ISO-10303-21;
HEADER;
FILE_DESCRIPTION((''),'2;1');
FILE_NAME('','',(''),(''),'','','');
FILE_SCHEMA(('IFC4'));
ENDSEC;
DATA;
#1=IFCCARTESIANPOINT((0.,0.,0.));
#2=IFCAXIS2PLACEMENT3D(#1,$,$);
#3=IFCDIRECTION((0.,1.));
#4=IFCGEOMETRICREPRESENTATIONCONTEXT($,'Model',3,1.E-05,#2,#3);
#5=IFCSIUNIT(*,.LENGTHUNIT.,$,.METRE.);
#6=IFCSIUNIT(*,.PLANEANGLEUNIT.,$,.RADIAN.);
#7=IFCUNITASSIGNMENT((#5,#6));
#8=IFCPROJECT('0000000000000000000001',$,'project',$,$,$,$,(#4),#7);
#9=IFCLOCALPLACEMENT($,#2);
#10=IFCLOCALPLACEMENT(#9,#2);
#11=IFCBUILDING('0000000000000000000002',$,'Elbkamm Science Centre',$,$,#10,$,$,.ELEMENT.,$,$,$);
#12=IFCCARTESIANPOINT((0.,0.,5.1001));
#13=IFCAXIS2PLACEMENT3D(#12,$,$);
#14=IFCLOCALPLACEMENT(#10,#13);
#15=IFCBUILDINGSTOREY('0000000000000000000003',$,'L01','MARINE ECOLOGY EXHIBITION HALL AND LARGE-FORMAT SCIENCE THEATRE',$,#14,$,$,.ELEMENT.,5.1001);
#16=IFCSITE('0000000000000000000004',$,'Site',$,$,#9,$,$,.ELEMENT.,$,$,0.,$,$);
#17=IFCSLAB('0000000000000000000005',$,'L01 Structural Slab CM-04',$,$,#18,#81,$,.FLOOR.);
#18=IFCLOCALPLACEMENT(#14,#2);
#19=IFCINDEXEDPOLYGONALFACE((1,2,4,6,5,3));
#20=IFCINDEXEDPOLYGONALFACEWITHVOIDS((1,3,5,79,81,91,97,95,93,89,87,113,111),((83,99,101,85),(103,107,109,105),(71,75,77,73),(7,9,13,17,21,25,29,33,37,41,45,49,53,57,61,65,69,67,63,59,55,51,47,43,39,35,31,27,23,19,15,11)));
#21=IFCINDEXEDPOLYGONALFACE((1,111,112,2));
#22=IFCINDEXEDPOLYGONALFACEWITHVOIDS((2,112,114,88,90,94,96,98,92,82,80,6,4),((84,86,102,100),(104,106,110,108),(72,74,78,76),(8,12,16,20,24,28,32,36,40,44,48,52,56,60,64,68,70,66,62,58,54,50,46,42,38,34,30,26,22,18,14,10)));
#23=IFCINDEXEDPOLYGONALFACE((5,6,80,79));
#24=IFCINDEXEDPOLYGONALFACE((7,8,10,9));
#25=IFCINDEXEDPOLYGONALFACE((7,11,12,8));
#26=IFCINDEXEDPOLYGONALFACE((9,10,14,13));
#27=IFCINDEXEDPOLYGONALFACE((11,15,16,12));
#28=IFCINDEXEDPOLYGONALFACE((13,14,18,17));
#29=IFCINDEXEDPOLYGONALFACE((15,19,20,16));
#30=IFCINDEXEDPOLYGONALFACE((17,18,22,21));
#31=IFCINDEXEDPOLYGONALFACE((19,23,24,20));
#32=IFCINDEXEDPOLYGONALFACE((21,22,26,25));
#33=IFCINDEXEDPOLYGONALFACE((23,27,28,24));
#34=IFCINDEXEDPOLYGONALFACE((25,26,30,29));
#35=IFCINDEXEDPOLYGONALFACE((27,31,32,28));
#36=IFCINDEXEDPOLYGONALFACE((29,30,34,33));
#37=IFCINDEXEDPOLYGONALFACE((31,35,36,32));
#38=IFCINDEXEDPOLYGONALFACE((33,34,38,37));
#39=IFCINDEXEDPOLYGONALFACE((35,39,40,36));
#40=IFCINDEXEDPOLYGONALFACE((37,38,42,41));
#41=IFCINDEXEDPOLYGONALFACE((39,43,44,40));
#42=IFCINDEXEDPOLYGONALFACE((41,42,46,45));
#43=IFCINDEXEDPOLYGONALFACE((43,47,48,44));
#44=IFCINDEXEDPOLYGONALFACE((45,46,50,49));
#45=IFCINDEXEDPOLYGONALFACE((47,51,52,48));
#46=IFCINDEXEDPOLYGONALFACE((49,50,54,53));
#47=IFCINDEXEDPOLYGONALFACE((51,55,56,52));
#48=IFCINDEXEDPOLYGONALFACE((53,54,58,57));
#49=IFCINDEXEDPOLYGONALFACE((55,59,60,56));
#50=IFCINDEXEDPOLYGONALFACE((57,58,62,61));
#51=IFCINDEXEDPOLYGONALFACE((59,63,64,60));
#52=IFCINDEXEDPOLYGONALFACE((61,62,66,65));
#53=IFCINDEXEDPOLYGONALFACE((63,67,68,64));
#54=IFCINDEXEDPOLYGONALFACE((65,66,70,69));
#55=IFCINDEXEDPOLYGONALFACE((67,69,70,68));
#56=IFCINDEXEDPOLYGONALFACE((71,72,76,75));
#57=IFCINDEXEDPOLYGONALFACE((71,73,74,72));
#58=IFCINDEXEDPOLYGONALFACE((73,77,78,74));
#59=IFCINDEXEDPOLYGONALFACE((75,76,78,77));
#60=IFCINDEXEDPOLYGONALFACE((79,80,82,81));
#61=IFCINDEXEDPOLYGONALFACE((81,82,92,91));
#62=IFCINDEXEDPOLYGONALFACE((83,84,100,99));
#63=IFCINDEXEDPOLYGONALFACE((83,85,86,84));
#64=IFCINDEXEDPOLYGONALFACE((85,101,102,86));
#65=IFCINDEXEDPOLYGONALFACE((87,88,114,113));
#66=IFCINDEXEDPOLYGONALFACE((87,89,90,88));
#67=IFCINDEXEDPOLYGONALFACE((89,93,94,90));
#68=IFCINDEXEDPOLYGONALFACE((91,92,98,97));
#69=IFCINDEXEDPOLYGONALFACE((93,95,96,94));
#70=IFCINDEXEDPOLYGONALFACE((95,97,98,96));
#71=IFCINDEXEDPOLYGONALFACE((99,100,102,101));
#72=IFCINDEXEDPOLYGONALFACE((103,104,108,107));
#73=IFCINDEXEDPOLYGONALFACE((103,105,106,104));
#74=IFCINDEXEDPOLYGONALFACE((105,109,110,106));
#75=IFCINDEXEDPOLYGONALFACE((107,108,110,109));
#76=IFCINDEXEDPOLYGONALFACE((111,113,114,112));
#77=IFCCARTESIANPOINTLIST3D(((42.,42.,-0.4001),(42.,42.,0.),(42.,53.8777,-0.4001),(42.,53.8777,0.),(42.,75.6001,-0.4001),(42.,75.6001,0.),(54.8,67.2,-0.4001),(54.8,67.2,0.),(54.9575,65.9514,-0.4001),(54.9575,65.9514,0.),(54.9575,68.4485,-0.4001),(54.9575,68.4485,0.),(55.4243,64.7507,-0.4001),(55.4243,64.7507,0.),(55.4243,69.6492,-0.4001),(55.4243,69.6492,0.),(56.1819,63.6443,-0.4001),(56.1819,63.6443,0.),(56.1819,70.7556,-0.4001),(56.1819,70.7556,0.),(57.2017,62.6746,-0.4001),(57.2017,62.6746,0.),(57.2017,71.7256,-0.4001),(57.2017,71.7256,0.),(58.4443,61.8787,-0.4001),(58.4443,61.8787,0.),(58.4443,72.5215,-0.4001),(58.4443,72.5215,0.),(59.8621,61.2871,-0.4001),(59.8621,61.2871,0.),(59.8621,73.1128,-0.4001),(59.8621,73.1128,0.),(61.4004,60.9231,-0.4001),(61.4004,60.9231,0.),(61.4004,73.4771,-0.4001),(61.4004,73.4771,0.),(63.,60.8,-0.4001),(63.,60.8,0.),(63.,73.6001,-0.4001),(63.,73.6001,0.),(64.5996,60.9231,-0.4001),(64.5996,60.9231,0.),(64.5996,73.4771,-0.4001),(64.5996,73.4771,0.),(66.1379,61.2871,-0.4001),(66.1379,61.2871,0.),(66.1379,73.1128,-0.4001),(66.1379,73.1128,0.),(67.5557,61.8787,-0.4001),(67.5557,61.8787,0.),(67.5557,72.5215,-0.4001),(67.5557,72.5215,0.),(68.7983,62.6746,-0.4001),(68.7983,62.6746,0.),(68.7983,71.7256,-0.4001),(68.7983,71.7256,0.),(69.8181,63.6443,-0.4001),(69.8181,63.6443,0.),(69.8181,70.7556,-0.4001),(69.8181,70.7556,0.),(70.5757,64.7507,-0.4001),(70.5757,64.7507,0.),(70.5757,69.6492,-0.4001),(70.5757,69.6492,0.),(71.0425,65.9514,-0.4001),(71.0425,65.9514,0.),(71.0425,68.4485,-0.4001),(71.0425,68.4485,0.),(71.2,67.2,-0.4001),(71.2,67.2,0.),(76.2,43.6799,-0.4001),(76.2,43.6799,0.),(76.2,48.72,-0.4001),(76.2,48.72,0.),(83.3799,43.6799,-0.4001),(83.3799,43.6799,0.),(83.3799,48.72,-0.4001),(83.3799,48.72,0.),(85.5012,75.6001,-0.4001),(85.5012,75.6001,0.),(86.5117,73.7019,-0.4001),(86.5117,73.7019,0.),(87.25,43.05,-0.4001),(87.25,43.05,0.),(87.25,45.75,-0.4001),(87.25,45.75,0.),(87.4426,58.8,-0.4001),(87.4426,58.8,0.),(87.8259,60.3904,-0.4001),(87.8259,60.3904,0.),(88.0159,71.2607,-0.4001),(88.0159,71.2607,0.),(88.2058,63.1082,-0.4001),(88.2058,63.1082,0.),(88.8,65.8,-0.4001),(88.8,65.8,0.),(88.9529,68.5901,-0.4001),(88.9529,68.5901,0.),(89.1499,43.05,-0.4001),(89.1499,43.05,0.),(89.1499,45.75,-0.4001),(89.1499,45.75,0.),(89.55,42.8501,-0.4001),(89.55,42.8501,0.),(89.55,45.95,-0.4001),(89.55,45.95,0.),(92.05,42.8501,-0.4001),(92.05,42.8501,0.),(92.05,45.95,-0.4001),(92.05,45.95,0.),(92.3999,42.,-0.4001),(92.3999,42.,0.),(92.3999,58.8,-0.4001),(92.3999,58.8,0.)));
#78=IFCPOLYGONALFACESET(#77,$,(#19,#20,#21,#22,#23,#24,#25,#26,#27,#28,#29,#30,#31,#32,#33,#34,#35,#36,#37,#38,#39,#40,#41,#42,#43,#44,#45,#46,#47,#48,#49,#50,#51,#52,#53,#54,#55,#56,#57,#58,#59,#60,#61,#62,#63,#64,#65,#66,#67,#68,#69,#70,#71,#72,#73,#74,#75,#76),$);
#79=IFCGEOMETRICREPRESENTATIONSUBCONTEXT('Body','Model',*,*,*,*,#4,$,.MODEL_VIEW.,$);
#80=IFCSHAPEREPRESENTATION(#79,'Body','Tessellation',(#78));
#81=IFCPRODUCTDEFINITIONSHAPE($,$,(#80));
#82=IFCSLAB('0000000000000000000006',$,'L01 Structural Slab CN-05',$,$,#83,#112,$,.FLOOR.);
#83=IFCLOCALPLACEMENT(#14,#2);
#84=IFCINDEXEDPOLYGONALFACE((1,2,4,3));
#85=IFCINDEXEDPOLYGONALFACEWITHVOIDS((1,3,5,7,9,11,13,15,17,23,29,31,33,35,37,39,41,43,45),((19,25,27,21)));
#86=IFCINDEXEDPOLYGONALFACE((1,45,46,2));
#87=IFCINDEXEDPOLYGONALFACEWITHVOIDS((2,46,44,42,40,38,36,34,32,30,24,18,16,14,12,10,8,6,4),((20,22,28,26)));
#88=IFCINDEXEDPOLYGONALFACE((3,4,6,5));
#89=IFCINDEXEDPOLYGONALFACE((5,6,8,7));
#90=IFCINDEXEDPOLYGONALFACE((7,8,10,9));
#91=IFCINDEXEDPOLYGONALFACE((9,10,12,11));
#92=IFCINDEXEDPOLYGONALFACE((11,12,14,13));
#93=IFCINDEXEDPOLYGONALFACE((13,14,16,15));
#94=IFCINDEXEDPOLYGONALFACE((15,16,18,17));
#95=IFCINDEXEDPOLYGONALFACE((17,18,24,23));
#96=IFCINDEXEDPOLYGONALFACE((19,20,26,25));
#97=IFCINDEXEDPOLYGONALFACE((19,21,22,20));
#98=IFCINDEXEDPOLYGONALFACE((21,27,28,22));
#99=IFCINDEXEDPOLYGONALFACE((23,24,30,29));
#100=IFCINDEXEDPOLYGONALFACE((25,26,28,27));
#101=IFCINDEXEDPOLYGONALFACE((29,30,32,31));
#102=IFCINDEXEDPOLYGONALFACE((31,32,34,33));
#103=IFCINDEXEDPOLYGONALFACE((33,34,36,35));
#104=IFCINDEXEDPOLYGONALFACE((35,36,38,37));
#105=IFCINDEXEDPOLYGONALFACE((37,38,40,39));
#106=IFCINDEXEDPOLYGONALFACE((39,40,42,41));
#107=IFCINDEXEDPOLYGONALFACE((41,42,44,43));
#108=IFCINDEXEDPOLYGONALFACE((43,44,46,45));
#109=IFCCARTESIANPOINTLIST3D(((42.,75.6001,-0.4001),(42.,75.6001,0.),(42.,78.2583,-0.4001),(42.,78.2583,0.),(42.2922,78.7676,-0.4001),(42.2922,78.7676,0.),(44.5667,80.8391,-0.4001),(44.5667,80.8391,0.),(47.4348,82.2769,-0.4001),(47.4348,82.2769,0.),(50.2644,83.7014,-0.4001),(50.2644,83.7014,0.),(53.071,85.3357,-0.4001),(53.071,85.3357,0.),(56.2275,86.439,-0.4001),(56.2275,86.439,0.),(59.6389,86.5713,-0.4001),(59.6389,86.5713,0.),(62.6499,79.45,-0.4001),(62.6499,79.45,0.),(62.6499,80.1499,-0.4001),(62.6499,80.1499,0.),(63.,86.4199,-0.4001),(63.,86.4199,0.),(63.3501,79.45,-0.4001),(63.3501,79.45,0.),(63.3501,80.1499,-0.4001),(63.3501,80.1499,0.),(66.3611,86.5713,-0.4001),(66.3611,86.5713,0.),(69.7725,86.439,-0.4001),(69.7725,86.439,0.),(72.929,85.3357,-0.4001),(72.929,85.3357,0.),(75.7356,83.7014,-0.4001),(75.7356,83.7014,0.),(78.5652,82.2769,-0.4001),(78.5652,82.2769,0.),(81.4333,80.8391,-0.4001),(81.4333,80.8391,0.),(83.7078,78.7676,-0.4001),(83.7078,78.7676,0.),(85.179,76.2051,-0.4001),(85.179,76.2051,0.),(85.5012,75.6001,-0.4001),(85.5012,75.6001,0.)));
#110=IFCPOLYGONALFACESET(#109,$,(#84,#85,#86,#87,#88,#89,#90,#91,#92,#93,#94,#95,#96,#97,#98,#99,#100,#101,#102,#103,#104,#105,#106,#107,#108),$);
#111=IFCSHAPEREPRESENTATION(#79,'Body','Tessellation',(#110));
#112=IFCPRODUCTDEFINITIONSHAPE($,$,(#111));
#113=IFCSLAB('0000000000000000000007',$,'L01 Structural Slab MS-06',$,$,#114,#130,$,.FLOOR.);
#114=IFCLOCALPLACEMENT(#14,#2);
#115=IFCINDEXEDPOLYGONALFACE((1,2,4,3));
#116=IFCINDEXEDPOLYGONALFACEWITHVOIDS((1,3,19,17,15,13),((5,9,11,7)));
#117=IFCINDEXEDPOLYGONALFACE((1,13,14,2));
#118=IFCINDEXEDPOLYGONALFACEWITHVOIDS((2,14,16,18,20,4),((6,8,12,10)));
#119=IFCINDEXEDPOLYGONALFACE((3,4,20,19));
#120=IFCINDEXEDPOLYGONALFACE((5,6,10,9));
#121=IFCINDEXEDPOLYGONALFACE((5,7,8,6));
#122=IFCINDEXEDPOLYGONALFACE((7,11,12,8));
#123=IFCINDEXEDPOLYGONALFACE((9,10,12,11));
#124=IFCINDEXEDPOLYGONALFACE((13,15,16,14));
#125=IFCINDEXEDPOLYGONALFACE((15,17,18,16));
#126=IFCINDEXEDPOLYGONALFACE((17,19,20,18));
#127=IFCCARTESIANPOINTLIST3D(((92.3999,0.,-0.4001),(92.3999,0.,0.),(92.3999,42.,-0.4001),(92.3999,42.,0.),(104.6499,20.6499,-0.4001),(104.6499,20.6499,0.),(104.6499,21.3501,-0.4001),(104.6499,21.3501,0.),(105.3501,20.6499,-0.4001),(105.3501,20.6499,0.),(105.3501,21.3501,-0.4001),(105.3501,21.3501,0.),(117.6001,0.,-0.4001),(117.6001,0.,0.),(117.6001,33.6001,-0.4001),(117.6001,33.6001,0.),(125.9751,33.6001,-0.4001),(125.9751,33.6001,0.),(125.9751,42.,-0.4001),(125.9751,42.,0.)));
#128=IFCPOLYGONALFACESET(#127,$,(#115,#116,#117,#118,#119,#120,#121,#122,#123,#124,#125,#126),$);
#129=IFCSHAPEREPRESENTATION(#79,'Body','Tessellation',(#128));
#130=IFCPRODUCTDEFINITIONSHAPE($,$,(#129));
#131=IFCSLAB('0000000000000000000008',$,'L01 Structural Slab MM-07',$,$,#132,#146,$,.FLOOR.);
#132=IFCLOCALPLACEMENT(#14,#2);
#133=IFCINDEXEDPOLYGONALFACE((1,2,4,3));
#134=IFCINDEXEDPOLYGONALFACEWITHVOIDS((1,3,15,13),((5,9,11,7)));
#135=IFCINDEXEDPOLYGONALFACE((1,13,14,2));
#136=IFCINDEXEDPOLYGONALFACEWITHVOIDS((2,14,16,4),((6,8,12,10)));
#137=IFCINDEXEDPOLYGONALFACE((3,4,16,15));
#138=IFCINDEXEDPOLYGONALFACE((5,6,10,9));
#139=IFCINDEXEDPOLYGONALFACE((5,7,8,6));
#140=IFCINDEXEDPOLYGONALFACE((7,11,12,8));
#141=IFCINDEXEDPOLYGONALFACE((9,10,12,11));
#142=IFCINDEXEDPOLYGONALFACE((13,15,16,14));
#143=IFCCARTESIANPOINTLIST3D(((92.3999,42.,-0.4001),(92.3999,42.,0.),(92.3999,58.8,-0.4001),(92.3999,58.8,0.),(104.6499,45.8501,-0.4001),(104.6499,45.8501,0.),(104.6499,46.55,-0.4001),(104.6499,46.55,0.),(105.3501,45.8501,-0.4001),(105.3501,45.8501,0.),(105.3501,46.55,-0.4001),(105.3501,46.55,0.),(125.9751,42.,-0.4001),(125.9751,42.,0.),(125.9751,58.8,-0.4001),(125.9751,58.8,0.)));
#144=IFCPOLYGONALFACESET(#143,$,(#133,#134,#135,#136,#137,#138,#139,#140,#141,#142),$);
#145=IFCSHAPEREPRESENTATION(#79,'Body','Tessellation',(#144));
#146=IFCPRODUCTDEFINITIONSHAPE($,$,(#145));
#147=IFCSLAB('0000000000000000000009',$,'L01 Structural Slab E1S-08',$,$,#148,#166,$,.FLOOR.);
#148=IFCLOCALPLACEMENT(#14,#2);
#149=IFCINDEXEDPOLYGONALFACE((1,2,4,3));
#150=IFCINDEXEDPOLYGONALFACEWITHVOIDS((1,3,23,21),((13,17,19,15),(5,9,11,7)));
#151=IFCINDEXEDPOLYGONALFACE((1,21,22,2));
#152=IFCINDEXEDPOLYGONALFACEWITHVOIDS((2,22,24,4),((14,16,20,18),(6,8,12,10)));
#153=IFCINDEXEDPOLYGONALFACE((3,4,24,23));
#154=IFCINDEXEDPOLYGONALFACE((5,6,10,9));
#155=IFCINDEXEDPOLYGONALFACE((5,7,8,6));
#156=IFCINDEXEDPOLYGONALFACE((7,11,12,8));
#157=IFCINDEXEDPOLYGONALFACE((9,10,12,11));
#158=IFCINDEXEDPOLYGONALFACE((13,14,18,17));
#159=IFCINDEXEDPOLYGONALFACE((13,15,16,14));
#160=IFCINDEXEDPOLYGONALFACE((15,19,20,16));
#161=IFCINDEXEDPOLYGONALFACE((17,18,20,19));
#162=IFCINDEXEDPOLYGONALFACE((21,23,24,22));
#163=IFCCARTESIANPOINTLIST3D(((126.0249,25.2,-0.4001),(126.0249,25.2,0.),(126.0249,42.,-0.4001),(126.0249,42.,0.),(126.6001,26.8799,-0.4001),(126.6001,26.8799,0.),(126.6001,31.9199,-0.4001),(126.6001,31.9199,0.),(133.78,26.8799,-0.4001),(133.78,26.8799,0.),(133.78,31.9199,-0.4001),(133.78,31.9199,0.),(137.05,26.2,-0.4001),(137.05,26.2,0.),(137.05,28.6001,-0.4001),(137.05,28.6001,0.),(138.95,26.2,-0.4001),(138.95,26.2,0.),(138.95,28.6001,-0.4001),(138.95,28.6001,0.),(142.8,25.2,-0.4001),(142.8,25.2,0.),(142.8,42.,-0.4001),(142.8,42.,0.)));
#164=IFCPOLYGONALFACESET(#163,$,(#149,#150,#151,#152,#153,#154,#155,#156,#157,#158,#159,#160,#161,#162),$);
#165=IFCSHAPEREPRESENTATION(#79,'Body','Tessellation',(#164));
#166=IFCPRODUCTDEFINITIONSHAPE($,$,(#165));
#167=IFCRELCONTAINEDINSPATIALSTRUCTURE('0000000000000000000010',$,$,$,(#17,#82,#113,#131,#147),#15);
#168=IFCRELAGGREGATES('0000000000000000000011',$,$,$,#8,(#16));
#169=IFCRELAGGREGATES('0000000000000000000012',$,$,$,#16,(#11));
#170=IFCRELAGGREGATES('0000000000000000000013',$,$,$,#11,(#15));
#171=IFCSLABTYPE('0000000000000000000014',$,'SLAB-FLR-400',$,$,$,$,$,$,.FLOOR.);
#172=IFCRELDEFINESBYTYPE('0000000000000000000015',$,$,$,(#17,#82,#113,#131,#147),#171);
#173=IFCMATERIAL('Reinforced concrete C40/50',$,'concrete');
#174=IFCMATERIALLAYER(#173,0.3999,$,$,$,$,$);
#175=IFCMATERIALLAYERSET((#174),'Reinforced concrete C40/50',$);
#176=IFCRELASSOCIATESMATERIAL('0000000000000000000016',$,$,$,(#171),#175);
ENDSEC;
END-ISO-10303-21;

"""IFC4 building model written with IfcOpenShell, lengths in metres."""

from ifc_helpers import new_model, si_unit, direction, frame, origin, place, context, subcontext, project, spatial, polyline, outline, extrude, material, layer, layer_set, type_object, element, save


model = new_model("IFC4")

# Units and contexts
model_context = context("Model", 3, precision=1e-05, world=origin(), true_north=direction((0.0, 1.0)))
body_context = subcontext(model_context, "Body", "Model", "MODEL_VIEW")
ifc_project = project(units=[si_unit("LENGTHUNIT", "METRE"), si_unit("PLANEANGLEUNIT", "RADIAN")], contexts=[model_context])

# Site, building, storey
site_placement = place(None, origin())
site = spatial("IfcSite", under=ifc_project, at=site_placement, Name="Site", CompositionType="ELEMENT", RefElevation=0.0)
building_placement = place(site_placement, origin())
building = spatial("IfcBuilding", under=site, at=building_placement, Name="Elbkamm Science Centre", CompositionType="ELEMENT")
storey_placement = place(building_placement, frame((0.0, 0.0, 5.1001)))
storey = spatial("IfcBuildingStorey", under=building, at=storey_placement, Name="L01", Description="MARINE ECOLOGY EXHIBITION HALL AND LARGE-FORMAT SCIENCE THEATRE", CompositionType="ELEMENT", Elevation=5.1001)

# Slabs
ifc_material_1 = material(Name="Reinforced concrete C40/50", Category="concrete")
ifc_layer_1 = layer(ifc_material_1, 0.3999)
ifc_layer_set_1 = layer_set([ifc_layer_1], Name="Reinforced concrete C40/50")
slab_type_1 = type_object("IfcSlabType", Name="SLAB-FLR-400", PredefinedType="FLOOR", material=ifc_layer_set_1)
slab_1_placement = place(storey_placement, frame((0.0, 0.0, -0.4001)))
element("IfcSlab", 1, at=slab_1_placement, inside=storey, type_object=slab_type_1, Name="L01 Structural Slab CM-04", PredefinedType="FLOOR", context=body_context, shape_type="SweptSolid", body=[
    extrude(outline(polyline([(86.5117, 73.7019), (88.0159, 71.2607), (88.9529, 68.5901), (88.8, 65.8), (88.2058, 63.1082), (87.8259, 60.3904), (87.4426, 58.8), (92.3999, 58.8), (92.3999, 42.0), (42.0, 42.0), (42.0, 53.8777), (42.0, 75.6001), (85.5012, 75.6001), (86.5117, 73.7019)]), holes=[polyline([(56.1819, 63.6443), (57.2017, 62.6746), (58.4443, 61.8787), (59.8621, 61.2871), (61.4004, 60.9231), (63.0, 60.8), (64.5996, 60.9231), (66.1379, 61.2871), (67.5557, 61.8787), (68.7983, 62.6746), (69.8181, 63.6443), (70.5757, 64.7507), (71.0425, 65.9514), (71.2, 67.2), (71.0425, 68.4485), (70.5757, 69.6492), (69.8181, 70.7556), (68.7983, 71.7256), (67.5557, 72.5215), (66.1379, 73.1128), (64.5996, 73.4771), (63.0, 73.6001), (61.4004, 73.4771), (59.8621, 73.1128), (58.4443, 72.5215), (57.2017, 71.7256), (56.1819, 70.7556), (55.4243, 69.6492), (54.9575, 68.4485), (54.8, 67.2), (54.9575, 65.9514), (55.4243, 64.7507), (56.1819, 63.6443)]), polyline([(76.2, 43.6799), (83.3799, 43.6799), (83.3799, 48.72), (76.2, 48.72), (76.2, 43.6799)]), polyline([(87.25, 43.05), (89.1499, 43.05), (89.1499, 45.75), (87.25, 45.75), (87.25, 43.05)]), polyline([(89.55, 45.95), (89.55, 42.8501), (92.05, 42.8501), (92.05, 45.95), (89.55, 45.95)])]), origin(), (0.0, 0.0, 1.0), 0.4001),
])
slab_2_placement = place(storey_placement, frame((0.0, 0.0, -0.4001)))
element("IfcSlab", 2, at=slab_2_placement, inside=storey, type_object=slab_type_1, Name="L01 Structural Slab CN-05", PredefinedType="FLOOR", context=body_context, shape_type="SweptSolid", body=[
    extrude(outline(polyline([(44.5667, 80.8391), (47.4348, 82.2769), (50.2644, 83.7014), (53.071, 85.3357), (56.2275, 86.439), (59.6389, 86.5713), (63.0, 86.4199), (66.3611, 86.5713), (69.7725, 86.439), (72.929, 85.3357), (75.7356, 83.7014), (78.5652, 82.2769), (81.4333, 80.8391), (83.7078, 78.7676), (85.179, 76.2051), (85.5012, 75.6001), (42.0, 75.6001), (42.0, 78.2583), (42.2922, 78.7676), (44.5667, 80.8391)]), holes=[polyline([(63.3501, 80.1499), (62.6499, 80.1499), (62.6499, 79.45), (63.3501, 79.45), (63.3501, 80.1499)])]), origin(), (0.0, 0.0, 1.0), 0.4001),
])
slab_3_placement = place(storey_placement, frame((0.0, 0.0, -0.4001)))
element("IfcSlab", 3, at=slab_3_placement, inside=storey, type_object=slab_type_1, Name="L01 Structural Slab MS-06", PredefinedType="FLOOR", context=body_context, shape_type="SweptSolid", body=[
    extrude(outline(polyline([(117.6001, 33.6001), (117.6001, 0.0), (92.3999, 0.0), (92.3999, 42.0), (125.9751, 42.0), (125.9751, 33.6001), (117.6001, 33.6001)]), holes=[polyline([(105.3501, 21.3501), (104.6499, 21.3501), (104.6499, 20.6499), (105.3501, 20.6499), (105.3501, 21.3501)])]), origin(), (0.0, 0.0, 1.0), 0.4001),
])
slab_4_placement = place(storey_placement, frame((0.0, 0.0, -0.4001)))
element("IfcSlab", 4, at=slab_4_placement, inside=storey, type_object=slab_type_1, Name="L01 Structural Slab MM-07", PredefinedType="FLOOR", context=body_context, shape_type="SweptSolid", body=[
    extrude(outline(polyline([(125.9751, 42.0), (92.3999, 42.0), (92.3999, 58.8), (125.9751, 58.8), (125.9751, 42.0)]), holes=[polyline([(105.3501, 46.55), (104.6499, 46.55), (104.6499, 45.8501), (105.3501, 45.8501), (105.3501, 46.55)])]), origin(), (0.0, 0.0, 1.0), 0.4001),
])
slab_5_placement = place(storey_placement, frame((0.0, 0.0, -0.4001)))
element("IfcSlab", 5, at=slab_5_placement, inside=storey, type_object=slab_type_1, Name="L01 Structural Slab E1S-08", PredefinedType="FLOOR", context=body_context, shape_type="SweptSolid", body=[
    extrude(outline(polyline([(126.0249, 25.2), (126.0249, 42.0), (142.8, 42.0), (142.8, 25.2), (126.0249, 25.2)]), holes=[polyline([(133.78, 31.9199), (126.6001, 31.9199), (126.6001, 26.8799), (133.78, 26.8799), (133.78, 31.9199)]), polyline([(138.95, 28.6001), (137.05, 28.6001), (137.05, 26.2), (138.95, 26.2), (138.95, 28.6001)])]), origin(), (0.0, 0.0, 1.0), 0.4001),
])

save(model, "model.ifc")
